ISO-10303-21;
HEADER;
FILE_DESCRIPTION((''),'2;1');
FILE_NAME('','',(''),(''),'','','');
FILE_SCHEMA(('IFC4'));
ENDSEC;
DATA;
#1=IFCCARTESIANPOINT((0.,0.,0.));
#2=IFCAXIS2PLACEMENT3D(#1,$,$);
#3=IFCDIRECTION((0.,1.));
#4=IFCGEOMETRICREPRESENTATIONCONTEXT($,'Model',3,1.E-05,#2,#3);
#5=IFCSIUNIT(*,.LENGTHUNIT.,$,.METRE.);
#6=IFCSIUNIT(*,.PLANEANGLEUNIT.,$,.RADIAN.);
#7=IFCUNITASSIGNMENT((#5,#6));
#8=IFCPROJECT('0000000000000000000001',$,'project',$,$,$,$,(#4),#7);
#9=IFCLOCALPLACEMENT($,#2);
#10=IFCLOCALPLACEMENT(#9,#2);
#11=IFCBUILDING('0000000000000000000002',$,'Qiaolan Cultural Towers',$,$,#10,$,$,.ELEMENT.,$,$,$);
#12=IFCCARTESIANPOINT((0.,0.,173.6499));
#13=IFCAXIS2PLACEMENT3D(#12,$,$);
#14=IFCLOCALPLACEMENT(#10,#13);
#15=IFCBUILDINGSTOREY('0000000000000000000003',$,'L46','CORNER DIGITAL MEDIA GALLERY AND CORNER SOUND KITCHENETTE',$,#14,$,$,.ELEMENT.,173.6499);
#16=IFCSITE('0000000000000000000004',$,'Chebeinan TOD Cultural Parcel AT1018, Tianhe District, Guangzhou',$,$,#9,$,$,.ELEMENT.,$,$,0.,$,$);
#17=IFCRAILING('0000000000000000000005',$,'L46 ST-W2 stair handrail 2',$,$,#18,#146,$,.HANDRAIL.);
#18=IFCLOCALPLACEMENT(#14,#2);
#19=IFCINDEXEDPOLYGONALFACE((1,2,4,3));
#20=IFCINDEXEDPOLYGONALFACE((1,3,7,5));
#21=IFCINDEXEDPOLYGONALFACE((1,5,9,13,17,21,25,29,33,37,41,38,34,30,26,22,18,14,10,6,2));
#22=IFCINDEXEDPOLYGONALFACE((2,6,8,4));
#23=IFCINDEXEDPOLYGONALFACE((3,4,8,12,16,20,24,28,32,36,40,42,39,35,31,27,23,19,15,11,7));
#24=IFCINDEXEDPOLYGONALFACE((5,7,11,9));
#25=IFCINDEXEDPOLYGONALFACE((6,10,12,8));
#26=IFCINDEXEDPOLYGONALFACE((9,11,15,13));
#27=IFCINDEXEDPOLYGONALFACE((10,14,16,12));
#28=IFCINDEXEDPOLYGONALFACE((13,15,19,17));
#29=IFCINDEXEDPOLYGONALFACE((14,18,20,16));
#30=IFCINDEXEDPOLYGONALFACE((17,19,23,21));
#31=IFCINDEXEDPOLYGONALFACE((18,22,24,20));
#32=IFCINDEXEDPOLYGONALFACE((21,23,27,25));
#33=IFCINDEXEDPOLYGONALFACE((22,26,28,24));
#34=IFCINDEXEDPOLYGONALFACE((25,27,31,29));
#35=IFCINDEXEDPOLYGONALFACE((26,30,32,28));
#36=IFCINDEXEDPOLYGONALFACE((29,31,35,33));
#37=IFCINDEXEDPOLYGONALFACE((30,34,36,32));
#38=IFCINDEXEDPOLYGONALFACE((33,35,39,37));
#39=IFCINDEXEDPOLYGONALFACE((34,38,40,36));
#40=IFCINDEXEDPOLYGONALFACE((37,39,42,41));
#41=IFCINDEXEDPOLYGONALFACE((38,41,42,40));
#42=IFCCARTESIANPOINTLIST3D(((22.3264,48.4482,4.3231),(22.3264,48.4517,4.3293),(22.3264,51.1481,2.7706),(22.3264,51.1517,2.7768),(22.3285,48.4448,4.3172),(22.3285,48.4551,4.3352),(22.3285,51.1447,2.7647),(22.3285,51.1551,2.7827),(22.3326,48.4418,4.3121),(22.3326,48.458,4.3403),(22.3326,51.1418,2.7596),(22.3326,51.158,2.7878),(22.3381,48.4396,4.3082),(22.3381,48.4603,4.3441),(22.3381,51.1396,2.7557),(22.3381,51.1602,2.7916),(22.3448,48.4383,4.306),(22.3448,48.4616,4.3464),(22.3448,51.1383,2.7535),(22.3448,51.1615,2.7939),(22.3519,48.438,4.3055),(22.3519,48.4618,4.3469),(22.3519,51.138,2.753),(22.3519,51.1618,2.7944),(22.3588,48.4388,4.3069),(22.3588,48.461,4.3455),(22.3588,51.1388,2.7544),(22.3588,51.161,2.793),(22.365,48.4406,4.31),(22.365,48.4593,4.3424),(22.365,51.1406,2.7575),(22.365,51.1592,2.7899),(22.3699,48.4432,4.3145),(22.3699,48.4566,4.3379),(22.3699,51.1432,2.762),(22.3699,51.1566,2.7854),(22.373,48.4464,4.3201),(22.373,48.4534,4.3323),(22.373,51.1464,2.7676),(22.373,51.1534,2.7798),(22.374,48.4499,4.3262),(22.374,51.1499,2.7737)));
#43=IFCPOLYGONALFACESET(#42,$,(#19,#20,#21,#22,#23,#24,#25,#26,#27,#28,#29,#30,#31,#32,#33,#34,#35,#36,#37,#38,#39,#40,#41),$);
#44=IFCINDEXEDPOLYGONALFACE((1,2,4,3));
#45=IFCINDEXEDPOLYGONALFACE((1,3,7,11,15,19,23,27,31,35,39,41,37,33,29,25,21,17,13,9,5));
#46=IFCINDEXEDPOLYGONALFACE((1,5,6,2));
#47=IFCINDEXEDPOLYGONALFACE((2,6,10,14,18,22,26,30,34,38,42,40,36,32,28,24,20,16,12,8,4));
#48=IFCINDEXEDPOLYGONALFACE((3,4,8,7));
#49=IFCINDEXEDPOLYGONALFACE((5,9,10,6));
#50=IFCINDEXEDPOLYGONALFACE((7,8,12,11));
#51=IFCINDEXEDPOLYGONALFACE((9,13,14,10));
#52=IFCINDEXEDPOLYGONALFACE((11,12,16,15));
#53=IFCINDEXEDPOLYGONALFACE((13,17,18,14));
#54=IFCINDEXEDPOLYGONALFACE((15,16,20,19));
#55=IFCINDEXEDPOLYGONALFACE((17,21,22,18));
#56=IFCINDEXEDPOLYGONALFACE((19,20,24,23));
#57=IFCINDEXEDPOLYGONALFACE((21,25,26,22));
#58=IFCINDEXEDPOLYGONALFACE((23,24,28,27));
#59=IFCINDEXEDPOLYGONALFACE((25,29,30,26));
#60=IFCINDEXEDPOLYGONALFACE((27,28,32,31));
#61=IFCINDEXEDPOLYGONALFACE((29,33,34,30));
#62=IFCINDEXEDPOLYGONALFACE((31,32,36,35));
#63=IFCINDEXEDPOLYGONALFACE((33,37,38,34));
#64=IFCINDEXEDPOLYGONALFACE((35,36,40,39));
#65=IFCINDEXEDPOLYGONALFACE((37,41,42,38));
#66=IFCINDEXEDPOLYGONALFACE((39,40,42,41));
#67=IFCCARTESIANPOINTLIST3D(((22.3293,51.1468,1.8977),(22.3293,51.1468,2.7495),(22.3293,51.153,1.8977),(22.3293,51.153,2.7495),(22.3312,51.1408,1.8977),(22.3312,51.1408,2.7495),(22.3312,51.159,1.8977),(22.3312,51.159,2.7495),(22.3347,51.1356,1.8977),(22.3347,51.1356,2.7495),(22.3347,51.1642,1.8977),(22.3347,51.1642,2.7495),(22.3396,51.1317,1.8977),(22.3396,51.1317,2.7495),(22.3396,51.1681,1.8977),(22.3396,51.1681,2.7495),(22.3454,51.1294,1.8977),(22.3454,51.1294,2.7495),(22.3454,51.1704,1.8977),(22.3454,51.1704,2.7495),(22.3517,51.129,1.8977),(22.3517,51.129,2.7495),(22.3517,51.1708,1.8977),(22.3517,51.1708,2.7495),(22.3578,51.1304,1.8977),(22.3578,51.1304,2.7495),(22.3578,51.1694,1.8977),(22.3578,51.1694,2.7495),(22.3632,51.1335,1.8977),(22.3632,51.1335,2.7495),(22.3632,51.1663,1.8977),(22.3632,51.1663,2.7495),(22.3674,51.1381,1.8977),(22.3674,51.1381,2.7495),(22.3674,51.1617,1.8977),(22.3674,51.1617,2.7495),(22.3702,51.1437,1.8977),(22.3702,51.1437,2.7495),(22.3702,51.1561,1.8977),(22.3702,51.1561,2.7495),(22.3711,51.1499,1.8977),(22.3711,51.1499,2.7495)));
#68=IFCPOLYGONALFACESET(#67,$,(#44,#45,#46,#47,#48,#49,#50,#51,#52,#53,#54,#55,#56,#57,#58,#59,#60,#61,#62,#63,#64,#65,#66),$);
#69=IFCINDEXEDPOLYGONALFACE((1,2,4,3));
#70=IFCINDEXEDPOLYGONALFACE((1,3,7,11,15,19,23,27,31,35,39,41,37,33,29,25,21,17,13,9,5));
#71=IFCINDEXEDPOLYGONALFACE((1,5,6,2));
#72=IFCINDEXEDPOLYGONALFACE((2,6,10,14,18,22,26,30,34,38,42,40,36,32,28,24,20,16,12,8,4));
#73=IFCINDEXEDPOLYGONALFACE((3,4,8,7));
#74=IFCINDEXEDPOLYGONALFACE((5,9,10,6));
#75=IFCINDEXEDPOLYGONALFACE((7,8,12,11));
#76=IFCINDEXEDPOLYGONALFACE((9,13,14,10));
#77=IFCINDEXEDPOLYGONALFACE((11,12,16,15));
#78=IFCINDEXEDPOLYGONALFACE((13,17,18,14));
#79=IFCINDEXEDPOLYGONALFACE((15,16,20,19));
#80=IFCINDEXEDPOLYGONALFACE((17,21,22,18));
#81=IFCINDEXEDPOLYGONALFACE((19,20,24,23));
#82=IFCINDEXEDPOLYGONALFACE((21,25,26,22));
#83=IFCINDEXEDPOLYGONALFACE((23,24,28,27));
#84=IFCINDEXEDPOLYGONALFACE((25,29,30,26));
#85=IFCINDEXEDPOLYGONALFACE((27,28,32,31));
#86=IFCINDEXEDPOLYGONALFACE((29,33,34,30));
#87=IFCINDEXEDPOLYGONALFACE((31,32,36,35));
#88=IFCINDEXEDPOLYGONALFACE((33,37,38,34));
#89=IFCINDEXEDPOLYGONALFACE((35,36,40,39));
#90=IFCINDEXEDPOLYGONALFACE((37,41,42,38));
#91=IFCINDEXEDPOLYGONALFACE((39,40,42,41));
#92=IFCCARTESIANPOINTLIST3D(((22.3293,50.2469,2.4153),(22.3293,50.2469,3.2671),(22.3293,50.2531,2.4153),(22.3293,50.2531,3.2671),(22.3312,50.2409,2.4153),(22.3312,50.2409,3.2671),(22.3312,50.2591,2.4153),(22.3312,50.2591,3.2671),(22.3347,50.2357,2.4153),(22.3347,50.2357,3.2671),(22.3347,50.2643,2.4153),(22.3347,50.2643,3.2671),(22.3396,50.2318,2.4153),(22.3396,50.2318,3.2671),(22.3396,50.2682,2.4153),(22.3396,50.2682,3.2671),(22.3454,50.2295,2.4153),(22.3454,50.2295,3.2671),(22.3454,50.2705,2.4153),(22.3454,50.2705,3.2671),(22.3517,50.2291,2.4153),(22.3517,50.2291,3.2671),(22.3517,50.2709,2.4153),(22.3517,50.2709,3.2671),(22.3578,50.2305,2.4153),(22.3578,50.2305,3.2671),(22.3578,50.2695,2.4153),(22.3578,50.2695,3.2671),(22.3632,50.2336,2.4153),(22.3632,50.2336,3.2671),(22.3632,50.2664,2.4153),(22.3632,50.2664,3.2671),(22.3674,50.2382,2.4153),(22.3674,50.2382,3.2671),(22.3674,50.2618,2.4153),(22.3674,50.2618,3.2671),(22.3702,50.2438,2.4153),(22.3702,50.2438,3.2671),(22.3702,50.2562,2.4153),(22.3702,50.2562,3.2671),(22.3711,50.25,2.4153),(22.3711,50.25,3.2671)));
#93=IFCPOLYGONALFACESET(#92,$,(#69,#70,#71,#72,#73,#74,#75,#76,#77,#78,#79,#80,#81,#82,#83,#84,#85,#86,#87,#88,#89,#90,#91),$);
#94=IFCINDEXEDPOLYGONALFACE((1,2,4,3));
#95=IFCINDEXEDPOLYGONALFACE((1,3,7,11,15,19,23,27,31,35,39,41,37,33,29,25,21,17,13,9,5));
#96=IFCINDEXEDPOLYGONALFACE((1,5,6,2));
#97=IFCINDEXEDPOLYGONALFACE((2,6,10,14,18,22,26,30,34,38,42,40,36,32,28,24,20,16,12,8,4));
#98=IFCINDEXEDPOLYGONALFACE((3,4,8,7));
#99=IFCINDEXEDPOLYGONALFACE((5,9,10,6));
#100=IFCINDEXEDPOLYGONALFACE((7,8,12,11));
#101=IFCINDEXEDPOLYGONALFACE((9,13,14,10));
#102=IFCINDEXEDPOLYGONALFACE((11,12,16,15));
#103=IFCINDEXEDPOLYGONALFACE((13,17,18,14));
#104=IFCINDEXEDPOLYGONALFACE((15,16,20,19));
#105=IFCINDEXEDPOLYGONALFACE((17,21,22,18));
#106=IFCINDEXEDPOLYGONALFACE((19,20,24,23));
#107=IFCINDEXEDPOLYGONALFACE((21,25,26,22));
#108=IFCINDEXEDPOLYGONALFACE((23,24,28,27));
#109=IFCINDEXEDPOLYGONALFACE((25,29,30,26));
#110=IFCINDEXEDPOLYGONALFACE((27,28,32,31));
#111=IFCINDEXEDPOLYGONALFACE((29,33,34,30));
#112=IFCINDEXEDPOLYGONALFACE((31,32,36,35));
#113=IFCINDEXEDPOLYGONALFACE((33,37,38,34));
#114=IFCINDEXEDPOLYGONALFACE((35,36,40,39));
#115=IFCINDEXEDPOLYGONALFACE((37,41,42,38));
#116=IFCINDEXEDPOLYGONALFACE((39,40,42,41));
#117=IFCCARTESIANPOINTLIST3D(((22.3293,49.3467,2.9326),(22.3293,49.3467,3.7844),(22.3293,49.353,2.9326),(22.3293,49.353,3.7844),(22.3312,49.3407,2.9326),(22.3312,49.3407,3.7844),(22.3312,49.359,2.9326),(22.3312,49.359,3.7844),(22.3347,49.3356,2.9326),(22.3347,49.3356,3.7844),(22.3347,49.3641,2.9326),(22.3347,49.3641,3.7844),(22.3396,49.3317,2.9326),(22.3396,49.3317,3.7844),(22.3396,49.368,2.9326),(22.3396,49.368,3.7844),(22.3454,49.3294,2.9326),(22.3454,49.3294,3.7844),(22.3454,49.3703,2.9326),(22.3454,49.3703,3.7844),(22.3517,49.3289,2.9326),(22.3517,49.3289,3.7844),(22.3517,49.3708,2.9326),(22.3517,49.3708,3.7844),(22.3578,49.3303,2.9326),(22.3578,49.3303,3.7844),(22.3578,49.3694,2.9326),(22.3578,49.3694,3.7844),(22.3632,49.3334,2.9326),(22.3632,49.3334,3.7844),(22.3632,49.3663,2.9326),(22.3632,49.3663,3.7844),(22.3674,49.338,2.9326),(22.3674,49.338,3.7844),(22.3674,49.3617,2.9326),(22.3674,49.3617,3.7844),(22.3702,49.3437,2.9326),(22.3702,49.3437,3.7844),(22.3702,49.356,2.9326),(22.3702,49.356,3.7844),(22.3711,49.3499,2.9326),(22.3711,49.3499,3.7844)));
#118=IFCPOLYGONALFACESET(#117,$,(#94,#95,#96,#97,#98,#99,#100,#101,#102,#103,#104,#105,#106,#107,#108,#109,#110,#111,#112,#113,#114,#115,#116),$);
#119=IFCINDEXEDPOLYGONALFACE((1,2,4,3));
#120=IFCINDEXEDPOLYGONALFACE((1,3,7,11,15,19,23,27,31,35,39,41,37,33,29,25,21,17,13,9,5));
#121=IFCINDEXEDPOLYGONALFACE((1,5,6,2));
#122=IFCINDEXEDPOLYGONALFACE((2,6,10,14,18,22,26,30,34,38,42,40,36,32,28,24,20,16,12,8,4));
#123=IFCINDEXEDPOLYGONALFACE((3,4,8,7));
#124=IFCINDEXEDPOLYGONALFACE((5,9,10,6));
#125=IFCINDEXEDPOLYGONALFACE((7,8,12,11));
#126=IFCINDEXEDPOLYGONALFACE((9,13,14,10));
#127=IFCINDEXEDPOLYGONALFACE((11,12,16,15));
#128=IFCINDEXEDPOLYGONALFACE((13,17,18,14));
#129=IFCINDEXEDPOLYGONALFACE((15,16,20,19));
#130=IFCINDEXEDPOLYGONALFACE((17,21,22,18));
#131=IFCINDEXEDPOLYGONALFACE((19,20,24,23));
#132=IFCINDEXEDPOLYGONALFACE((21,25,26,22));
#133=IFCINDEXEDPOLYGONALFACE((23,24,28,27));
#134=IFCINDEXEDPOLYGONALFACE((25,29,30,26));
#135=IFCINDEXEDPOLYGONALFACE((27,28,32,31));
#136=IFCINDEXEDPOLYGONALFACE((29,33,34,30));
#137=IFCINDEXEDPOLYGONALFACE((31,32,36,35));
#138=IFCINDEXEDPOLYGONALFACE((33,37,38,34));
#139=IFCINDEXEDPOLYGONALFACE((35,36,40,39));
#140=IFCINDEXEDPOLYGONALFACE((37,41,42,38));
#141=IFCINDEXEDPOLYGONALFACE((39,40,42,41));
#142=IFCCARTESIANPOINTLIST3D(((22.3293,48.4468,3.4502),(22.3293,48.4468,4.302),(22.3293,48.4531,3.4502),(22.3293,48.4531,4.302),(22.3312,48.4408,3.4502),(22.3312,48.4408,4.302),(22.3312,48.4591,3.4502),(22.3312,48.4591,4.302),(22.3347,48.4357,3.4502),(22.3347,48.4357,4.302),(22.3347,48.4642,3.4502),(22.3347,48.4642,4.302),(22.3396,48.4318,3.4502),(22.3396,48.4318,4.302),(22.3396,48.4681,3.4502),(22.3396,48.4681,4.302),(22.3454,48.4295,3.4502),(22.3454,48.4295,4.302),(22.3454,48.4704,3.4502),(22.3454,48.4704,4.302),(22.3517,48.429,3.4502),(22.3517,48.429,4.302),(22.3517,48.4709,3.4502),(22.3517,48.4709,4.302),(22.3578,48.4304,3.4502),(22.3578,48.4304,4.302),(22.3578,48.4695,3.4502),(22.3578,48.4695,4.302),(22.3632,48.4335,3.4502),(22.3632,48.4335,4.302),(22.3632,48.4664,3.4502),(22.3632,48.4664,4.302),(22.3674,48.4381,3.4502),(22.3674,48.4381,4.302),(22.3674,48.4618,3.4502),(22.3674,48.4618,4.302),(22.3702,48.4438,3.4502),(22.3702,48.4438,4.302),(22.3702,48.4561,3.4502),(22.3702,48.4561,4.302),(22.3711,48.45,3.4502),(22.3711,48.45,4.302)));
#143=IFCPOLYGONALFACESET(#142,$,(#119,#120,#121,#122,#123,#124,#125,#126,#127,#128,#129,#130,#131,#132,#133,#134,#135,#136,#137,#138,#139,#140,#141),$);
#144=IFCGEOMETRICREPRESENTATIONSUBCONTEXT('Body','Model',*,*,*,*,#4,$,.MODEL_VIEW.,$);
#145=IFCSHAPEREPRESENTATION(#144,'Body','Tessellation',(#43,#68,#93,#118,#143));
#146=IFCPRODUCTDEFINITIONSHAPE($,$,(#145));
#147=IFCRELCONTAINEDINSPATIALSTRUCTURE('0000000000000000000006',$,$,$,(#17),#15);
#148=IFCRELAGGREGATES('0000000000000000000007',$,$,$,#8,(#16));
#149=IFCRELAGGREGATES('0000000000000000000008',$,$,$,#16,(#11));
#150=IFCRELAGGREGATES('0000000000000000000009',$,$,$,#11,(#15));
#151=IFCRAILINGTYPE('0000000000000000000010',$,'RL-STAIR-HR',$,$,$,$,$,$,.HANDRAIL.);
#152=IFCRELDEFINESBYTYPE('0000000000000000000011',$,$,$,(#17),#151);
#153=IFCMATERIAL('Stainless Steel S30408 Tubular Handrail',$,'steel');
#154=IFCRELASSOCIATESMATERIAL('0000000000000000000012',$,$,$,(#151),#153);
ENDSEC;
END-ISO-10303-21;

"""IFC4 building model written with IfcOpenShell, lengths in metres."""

from ifc_helpers import new_model, si_unit, direction, frame, origin, origin_2d, place, context, subcontext, project, spatial, circle, extrude, material, type_object, element, save


model = new_model("IFC4")

# Units and contexts
model_context = context("Model", 3, precision=1e-05, world=origin(), true_north=direction((0.0, 1.0)))
body_context = subcontext(model_context, "Body", "Model", "MODEL_VIEW")
ifc_project = project(units=[si_unit("LENGTHUNIT", "METRE"), si_unit("PLANEANGLEUNIT", "RADIAN")], contexts=[model_context])

# Site, building, storey
site_placement = place(None, origin())
site = spatial("IfcSite", under=ifc_project, at=site_placement, Name="Chebeinan TOD Cultural Parcel AT1018, Tianhe District, Guangzhou", CompositionType="ELEMENT", RefElevation=0.0)
building_placement = place(site_placement, origin())
building = spatial("IfcBuilding", under=site, at=building_placement, Name="Qiaolan Cultural Towers", CompositionType="ELEMENT")
storey_placement = place(building_placement, frame((0.0, 0.0, 173.6499)))
storey = spatial("IfcBuildingStorey", under=building, at=storey_placement, Name="L46", Description="CORNER DIGITAL MEDIA GALLERY AND CORNER SOUND KITCHENETTE", CompositionType="ELEMENT", Elevation=173.6499)

# Railing
ifc_material_1 = material(Name="Stainless Steel S30408 Tubular Handrail", Category="steel")
railing_type_1 = type_object("IfcRailingType", Name="RL-STAIR-HR", PredefinedType="HANDRAIL", material=ifc_material_1)
railing_1_placement = place(storey_placement, frame((22.3501, 51.1499, 1.8977)))
element("IfcRailing", 1, at=railing_1_placement, inside=storey, type_object=railing_type_1, Name="L46 ST-W2 stair handrail 2", PredefinedType="HANDRAIL", context=body_context, shape_type="SweptSolid", body=[
    extrude(circle(Radius=0.0239, at=origin_2d()), frame((0.0, 0.0, 0.876), z_axis=(0.0, -0.866904, 0.498476), x_axis=(1.0, 0.0, 0.0)), (0.0, 0.0, 1.0), 3.1145),
    extrude(circle(Radius=0.021, at=origin_2d()), origin(), (0.0, 0.0, 1.0), 0.8518),
    extrude(circle(Radius=0.021, at=origin_2d()), frame((0.0, -0.8999, 0.5176)), (0.0, 0.0, 1.0), 0.8518),
    extrude(circle(Radius=0.021, at=origin_2d()), frame((0.0, -1.8, 1.0349)), (0.0, 0.0, 1.0), 0.8518),
    extrude(circle(Radius=0.021, at=origin_2d()), frame((0.0, -2.7, 1.5525)), (0.0, 0.0, 1.0), 0.8518),
])

save(model, "model.ifc")
